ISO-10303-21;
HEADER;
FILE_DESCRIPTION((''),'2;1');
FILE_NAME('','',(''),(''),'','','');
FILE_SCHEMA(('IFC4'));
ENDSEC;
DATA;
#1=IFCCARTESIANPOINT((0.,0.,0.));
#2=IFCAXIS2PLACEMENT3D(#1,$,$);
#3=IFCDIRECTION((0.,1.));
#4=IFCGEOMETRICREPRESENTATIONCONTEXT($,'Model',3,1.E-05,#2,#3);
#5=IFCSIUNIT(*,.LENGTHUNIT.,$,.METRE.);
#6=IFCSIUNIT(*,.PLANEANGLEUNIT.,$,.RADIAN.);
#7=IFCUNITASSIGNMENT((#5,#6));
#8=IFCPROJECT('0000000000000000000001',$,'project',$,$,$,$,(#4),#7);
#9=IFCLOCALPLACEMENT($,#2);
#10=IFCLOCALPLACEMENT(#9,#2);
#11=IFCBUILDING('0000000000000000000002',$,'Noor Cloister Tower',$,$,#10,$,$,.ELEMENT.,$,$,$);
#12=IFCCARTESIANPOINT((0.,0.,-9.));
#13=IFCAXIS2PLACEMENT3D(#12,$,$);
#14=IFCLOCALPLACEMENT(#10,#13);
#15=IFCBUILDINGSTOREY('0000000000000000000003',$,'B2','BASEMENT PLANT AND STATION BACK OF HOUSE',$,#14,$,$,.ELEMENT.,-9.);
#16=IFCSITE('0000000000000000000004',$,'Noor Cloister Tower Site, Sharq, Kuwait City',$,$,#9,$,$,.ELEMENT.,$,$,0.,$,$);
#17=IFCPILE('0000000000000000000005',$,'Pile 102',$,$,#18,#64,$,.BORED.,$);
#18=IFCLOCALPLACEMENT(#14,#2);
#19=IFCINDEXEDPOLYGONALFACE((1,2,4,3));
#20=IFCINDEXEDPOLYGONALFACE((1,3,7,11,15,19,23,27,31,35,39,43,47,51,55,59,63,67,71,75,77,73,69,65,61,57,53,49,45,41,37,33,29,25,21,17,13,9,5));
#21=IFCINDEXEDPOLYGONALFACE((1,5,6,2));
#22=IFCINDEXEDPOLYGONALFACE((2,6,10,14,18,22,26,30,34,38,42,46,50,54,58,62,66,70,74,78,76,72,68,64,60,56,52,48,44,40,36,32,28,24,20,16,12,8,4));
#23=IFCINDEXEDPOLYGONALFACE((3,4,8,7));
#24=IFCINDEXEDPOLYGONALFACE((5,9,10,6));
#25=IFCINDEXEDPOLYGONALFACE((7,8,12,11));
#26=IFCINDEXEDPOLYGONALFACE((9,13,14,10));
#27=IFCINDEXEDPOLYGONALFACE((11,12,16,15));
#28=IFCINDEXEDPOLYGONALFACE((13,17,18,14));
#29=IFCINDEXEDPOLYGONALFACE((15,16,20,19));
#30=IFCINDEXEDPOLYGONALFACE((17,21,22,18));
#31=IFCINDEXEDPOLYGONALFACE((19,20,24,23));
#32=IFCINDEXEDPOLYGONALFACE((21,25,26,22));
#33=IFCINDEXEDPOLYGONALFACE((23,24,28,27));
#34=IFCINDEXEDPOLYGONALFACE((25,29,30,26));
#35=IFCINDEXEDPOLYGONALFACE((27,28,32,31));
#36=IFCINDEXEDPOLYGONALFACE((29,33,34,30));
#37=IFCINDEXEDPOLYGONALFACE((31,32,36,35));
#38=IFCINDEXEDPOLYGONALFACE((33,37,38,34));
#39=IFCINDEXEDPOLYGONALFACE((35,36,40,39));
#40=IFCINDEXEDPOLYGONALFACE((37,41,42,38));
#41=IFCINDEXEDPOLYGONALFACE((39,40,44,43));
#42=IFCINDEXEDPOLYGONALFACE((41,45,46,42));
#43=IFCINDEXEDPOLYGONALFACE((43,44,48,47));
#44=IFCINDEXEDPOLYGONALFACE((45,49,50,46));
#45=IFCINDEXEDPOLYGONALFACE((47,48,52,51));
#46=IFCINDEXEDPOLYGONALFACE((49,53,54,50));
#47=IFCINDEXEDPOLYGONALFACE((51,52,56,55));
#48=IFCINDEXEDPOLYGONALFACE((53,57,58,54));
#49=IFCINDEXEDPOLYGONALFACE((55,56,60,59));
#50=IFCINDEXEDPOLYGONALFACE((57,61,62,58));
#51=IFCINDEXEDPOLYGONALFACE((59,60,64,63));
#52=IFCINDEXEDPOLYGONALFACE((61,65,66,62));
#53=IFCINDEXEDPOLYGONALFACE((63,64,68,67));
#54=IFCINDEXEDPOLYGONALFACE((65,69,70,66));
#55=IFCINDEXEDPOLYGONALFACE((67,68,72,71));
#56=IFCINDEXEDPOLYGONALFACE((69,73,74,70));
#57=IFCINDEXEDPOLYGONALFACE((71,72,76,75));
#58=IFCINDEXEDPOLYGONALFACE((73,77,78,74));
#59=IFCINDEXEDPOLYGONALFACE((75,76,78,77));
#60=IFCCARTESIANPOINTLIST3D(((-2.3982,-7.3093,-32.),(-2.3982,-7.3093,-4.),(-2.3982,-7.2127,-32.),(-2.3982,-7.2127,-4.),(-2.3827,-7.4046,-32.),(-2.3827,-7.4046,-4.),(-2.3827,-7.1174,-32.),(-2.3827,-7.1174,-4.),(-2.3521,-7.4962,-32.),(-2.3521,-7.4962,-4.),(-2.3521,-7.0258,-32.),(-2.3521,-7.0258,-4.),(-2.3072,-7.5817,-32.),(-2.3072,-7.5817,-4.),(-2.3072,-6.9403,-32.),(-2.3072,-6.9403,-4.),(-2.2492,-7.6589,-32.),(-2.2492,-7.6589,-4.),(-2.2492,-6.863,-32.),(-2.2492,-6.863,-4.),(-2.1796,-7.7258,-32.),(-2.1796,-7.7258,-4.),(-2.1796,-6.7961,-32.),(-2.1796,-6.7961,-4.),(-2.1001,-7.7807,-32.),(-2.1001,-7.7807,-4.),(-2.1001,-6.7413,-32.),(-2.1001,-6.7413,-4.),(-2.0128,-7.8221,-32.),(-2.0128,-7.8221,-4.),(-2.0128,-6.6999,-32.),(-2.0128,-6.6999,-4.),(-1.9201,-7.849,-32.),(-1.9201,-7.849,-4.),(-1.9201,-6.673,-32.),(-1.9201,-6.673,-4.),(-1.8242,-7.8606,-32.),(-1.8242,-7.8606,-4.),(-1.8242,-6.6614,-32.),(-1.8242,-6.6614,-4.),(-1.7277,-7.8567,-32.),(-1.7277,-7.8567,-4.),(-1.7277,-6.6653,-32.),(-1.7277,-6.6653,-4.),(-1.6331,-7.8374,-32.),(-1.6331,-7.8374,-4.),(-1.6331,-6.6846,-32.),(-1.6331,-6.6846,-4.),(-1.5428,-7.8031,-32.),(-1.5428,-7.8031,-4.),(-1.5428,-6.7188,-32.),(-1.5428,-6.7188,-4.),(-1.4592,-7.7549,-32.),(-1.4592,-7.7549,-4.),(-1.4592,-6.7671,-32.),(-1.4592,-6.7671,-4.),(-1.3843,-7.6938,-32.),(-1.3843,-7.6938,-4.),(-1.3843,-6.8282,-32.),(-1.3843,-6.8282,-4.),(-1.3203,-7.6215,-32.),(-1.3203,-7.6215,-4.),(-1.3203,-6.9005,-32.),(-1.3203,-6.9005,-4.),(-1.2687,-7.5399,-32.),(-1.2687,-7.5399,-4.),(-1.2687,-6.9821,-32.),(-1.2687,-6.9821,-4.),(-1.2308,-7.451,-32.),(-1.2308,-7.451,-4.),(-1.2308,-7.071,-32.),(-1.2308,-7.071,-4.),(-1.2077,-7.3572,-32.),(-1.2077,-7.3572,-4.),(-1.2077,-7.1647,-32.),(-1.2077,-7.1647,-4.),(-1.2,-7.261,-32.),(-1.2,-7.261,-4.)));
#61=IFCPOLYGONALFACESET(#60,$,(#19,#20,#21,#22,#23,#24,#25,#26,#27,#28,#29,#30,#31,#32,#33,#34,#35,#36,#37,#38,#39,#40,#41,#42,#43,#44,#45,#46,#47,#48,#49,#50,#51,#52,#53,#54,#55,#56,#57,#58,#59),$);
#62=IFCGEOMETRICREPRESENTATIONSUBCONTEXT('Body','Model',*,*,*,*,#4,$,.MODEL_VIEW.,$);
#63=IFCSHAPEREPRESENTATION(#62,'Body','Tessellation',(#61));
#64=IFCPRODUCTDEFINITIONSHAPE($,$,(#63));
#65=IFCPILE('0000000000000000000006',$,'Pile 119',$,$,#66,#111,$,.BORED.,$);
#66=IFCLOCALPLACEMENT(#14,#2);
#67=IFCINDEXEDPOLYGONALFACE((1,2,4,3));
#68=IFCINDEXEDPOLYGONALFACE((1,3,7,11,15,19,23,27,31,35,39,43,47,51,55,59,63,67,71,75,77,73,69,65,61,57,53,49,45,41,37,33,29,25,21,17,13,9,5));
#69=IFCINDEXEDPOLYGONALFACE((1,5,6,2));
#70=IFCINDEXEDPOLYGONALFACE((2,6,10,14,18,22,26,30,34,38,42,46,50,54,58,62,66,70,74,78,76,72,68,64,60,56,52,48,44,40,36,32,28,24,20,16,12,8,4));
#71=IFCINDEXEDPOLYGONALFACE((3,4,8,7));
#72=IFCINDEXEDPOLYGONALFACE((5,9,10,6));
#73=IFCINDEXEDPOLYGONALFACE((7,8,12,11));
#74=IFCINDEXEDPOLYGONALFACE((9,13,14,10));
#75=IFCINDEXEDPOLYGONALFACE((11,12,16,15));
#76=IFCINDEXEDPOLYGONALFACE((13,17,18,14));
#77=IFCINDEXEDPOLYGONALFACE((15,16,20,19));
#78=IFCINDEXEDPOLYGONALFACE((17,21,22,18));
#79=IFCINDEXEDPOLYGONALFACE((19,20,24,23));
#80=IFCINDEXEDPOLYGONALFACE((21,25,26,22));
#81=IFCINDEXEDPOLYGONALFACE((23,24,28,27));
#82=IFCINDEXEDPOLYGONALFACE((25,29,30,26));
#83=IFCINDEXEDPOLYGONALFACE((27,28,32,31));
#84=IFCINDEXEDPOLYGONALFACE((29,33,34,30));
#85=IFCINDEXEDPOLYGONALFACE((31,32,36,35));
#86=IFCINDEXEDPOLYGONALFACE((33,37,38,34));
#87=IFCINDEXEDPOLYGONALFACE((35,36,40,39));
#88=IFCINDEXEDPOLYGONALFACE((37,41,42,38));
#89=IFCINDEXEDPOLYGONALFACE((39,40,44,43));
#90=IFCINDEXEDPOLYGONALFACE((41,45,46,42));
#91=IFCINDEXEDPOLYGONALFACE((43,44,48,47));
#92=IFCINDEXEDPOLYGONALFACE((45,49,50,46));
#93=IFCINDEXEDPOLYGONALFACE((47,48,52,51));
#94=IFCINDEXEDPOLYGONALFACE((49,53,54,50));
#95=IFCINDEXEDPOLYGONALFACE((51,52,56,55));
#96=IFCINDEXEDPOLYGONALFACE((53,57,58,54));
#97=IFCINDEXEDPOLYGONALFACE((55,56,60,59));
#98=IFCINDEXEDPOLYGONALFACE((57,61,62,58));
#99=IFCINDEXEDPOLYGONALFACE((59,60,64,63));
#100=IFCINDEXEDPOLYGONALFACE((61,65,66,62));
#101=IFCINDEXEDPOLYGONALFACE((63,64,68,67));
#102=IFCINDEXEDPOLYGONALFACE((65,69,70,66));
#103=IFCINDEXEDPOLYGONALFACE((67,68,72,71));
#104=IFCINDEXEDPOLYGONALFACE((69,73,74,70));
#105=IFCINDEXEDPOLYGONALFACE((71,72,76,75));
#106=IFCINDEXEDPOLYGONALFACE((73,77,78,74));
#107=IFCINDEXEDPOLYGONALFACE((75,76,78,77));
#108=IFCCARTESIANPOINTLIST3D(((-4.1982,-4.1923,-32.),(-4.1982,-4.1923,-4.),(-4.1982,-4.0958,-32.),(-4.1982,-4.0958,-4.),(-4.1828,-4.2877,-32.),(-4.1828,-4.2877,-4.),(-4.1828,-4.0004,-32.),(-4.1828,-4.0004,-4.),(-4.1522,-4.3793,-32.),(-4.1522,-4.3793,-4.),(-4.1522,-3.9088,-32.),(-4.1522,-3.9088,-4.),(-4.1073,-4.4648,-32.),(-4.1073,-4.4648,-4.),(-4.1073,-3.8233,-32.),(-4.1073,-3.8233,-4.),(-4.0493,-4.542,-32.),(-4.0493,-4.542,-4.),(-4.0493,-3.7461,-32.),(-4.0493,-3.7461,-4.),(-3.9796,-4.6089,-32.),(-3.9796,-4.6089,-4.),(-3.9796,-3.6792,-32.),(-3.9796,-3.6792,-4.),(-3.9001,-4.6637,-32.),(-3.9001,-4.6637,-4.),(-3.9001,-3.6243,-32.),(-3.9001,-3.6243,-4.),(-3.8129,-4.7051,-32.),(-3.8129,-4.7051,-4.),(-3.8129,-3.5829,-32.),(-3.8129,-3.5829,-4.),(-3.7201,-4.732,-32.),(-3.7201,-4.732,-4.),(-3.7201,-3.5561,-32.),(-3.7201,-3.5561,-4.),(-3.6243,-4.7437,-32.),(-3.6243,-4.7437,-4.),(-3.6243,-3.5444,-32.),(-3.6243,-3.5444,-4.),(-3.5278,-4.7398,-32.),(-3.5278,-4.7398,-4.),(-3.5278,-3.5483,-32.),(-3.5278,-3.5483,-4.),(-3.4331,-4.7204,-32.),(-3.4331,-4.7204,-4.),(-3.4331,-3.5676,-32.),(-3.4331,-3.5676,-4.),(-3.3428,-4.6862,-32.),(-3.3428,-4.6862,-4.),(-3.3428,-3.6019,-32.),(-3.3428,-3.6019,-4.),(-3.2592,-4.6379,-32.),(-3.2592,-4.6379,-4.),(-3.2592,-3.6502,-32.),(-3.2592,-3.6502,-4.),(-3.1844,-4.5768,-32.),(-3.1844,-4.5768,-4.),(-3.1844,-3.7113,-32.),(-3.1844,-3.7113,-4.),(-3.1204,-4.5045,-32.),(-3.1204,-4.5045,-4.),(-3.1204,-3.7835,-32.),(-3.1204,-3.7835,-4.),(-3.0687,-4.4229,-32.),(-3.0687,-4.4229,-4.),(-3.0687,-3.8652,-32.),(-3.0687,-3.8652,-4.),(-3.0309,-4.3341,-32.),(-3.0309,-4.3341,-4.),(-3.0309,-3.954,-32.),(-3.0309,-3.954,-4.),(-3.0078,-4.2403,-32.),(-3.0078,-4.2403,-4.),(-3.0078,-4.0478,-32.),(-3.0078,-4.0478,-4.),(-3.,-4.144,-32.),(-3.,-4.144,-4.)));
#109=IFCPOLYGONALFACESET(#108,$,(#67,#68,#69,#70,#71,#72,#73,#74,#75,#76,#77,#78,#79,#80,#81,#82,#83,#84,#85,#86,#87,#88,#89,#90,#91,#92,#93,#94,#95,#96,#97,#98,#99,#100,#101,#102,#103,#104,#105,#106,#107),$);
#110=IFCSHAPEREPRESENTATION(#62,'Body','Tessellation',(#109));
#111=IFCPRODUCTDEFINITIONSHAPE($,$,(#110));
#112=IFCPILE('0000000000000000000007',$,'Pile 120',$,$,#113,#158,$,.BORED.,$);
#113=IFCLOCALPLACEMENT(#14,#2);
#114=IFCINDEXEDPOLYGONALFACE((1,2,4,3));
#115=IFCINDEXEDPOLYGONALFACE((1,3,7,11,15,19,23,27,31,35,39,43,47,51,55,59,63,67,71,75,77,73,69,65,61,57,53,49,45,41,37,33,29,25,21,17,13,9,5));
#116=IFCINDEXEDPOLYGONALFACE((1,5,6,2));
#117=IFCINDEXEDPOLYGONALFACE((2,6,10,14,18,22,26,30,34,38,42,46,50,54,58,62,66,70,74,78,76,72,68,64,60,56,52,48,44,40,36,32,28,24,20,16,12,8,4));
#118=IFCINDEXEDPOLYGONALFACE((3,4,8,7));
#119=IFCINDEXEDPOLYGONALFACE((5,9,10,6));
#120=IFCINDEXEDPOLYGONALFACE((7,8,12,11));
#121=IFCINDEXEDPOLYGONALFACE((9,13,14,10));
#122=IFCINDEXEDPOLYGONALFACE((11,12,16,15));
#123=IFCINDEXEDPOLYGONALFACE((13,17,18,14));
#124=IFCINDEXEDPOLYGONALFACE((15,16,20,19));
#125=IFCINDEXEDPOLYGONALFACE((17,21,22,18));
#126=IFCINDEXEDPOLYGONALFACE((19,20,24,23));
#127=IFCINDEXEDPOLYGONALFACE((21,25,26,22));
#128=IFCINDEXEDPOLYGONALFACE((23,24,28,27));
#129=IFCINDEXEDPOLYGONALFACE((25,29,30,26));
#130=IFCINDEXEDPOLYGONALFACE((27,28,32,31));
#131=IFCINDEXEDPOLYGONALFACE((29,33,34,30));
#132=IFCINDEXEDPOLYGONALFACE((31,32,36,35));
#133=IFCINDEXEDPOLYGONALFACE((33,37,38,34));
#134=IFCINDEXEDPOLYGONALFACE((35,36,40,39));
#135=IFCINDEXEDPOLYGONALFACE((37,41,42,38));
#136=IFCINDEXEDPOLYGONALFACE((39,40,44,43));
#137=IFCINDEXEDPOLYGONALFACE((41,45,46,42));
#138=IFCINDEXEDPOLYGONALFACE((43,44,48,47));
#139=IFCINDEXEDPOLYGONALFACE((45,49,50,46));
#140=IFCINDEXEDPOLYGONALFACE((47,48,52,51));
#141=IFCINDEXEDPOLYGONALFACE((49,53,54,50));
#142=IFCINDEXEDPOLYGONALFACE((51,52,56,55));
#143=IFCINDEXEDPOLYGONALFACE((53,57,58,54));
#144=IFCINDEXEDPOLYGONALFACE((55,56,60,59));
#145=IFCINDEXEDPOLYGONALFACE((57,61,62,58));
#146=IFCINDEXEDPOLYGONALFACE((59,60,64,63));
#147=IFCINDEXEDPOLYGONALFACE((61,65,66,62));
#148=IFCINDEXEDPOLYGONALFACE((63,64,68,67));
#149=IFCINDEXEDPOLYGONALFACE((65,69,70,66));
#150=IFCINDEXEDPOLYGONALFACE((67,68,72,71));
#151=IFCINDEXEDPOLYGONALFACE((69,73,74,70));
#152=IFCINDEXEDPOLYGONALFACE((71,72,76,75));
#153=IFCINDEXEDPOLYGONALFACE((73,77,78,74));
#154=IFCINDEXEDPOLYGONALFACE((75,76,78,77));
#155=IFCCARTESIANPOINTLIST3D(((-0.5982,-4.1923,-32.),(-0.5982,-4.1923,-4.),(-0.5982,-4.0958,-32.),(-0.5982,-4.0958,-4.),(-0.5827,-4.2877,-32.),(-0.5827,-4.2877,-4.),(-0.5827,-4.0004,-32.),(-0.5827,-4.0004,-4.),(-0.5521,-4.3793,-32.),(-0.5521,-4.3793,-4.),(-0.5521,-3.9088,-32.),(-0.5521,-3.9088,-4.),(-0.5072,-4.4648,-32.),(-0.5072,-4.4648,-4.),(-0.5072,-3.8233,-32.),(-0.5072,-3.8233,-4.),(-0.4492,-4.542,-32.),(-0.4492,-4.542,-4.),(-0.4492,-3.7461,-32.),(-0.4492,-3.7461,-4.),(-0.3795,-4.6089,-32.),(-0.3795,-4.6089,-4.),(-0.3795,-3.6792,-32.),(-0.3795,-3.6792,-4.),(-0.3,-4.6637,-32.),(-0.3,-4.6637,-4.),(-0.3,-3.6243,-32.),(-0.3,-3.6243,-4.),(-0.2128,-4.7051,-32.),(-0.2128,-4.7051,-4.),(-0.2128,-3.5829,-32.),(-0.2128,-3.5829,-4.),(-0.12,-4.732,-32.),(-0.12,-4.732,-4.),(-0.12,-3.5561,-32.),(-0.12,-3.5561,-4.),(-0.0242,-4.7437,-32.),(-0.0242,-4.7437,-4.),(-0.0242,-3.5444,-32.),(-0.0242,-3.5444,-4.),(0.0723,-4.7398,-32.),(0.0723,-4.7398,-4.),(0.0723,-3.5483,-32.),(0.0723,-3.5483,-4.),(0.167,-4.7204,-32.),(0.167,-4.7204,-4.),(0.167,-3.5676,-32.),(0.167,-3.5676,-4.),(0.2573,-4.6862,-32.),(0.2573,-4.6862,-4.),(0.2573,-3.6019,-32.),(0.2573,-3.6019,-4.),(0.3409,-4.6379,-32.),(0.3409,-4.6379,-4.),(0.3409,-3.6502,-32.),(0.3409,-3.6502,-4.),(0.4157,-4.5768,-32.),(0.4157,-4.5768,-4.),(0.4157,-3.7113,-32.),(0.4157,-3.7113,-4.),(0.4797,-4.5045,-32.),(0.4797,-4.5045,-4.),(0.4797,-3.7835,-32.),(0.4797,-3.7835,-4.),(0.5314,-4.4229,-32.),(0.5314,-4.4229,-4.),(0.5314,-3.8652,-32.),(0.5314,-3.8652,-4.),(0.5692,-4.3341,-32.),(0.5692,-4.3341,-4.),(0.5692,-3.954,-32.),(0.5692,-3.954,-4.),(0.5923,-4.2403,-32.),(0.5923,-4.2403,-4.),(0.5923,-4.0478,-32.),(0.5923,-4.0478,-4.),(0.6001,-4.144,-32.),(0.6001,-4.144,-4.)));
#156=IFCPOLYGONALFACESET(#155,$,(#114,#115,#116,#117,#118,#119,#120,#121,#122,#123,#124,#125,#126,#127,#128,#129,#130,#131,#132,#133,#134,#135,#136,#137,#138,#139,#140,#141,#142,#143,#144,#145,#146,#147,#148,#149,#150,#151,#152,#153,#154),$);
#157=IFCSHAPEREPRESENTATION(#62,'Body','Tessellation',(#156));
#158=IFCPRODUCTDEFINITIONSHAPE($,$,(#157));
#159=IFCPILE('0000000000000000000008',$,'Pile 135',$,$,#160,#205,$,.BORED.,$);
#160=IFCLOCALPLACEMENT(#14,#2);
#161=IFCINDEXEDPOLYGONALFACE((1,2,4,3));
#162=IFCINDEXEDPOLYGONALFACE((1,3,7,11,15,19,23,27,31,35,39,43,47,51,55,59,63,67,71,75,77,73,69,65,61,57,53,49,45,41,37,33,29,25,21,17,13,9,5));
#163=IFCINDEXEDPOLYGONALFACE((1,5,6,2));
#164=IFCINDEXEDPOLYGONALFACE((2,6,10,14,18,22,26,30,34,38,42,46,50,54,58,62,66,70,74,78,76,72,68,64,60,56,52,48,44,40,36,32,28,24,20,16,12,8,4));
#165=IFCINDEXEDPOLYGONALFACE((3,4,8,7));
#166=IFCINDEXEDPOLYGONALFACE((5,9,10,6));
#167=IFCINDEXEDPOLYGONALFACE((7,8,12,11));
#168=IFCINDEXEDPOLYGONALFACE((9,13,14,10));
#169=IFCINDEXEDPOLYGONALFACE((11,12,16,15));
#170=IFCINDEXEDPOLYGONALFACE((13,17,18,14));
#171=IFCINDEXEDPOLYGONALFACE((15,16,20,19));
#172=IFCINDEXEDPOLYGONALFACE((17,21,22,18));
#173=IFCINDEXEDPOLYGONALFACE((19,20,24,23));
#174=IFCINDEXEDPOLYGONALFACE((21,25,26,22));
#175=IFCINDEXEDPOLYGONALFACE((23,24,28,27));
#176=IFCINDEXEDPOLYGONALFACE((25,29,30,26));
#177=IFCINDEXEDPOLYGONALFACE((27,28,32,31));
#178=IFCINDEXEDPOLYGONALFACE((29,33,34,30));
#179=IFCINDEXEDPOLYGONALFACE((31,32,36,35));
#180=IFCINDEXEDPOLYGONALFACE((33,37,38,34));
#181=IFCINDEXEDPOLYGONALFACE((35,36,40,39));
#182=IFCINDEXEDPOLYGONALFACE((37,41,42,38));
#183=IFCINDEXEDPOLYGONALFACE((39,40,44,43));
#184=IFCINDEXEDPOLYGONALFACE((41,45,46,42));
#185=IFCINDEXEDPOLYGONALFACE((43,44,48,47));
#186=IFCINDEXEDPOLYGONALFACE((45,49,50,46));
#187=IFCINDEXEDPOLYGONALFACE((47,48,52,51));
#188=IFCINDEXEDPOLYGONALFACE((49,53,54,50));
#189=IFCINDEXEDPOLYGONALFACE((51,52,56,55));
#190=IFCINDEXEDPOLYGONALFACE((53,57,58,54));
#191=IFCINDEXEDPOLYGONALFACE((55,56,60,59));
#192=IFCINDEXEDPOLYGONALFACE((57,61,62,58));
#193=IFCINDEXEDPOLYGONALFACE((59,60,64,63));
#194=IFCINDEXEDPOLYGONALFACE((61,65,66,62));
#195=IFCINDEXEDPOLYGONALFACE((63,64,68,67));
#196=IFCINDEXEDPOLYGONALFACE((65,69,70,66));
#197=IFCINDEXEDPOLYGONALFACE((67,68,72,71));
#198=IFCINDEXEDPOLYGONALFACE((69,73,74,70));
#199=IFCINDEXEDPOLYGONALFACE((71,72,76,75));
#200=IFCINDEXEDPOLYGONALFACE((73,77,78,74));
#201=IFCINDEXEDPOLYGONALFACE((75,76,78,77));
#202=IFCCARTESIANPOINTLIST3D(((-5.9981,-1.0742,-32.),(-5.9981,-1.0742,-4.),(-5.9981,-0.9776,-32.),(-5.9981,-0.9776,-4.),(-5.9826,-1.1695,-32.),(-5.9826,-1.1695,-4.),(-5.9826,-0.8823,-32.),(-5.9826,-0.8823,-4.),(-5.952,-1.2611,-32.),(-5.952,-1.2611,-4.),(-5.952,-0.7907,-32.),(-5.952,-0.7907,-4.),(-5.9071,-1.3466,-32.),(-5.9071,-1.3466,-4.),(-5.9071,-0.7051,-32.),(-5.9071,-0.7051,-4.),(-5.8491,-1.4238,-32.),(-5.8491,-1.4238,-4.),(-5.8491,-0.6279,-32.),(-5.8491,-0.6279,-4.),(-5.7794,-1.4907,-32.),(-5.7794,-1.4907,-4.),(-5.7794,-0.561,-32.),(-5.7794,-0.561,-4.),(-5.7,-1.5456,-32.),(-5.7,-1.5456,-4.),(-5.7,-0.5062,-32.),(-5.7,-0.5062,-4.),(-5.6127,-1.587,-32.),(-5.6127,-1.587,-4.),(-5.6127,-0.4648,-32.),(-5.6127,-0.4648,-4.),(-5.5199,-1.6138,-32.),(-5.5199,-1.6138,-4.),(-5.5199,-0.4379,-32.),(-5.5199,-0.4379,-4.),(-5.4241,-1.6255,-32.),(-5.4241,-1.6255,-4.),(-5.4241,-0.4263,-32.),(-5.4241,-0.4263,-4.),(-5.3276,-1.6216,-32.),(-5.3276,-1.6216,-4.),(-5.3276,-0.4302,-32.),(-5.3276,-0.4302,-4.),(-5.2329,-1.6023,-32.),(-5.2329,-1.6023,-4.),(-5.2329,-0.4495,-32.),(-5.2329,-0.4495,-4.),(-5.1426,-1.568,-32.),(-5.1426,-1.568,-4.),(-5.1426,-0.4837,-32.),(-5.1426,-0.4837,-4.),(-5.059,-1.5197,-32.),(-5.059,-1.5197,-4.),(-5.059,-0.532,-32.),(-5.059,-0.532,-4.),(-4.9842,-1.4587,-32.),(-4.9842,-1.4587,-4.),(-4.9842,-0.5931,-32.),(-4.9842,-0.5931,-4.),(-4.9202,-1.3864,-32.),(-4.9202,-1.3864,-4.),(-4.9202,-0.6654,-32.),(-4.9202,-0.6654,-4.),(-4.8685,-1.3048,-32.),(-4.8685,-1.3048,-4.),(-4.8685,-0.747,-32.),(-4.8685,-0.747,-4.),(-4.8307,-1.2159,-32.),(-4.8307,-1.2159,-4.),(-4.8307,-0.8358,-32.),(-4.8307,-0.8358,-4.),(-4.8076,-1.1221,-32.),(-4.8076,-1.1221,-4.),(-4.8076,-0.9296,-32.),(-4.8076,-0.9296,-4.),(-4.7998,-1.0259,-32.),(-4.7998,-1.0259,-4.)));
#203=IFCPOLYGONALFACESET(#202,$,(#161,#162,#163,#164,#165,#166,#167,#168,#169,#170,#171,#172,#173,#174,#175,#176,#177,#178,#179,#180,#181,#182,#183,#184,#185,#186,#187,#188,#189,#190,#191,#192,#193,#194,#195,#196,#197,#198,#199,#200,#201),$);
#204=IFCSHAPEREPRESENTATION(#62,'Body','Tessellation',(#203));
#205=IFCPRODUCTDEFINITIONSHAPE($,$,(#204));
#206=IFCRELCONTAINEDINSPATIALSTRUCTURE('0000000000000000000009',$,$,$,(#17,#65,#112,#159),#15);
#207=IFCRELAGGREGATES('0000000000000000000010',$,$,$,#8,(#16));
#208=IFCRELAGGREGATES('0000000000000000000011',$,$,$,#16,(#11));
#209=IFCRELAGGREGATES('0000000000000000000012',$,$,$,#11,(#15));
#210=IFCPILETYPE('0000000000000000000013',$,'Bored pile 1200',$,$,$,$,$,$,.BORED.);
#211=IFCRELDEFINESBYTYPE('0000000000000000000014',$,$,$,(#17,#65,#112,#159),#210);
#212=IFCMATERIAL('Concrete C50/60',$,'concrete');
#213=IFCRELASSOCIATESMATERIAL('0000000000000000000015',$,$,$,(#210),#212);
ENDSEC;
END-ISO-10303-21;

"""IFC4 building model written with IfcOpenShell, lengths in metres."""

from ifc_helpers import new_model, si_unit, direction, frame, origin, origin_2d, place, context, subcontext, project, spatial, circle, extrude, material, material_profile, profile_set, type_object, element, save


model = new_model("IFC4")

# Units and contexts
model_context = context("Model", 3, precision=1e-05, world=origin(), true_north=direction((0.0, 1.0)))
body_context = subcontext(model_context, "Body", "Model", "MODEL_VIEW")
ifc_project = project(units=[si_unit("LENGTHUNIT", "METRE"), si_unit("PLANEANGLEUNIT", "RADIAN")], contexts=[model_context])

# Site, building, storey
site_placement = place(None, origin())
site = spatial("IfcSite", under=ifc_project, at=site_placement, Name="Noor Cloister Tower Site, Sharq, Kuwait City", CompositionType="ELEMENT", RefElevation=0.0)
building_placement = place(site_placement, origin())
building = spatial("IfcBuilding", under=site, at=building_placement, Name="Noor Cloister Tower", CompositionType="ELEMENT")
storey_placement = place(building_placement, frame((0.0, 0.0, -9.0)))
storey = spatial("IfcBuildingStorey", under=building, at=storey_placement, Name="B2", Description="BASEMENT PLANT AND STATION BACK OF HOUSE", CompositionType="ELEMENT", Elevation=-9.0)

# Piles
ifc_material_1 = material(Name="Concrete C50/60", Category="concrete")
ifc_material_profile = material_profile(ifc_material_1, circle(Radius=0.6001, at=origin_2d()), Name="Bored pile 1200")
ifc_profile_set = profile_set([ifc_material_profile], Name="Concrete C50/60")
pile_type = type_object("IfcPileType", Name="Bored pile 1200", PredefinedType="BORED", material=ifc_profile_set)
for number, where, z_axis, x_axis, name in (
    (1, (-1.8, -7.261, -4.0), (0.0, 0.0, -1.0), (1.0, 0.0, 0.0), "Pile 102"),
    (2, (-3.6001, -4.144, -4.0), (0.0, 0.0, -1.0), (1.0, 0.0, 0.0), "Pile 119"),
    (3, (0.0, -4.144, -4.0), (0.0, 0.0, -1.0), (1.0, 0.0, 0.0), "Pile 120"),
    (4, (-5.3999, -1.0259, -4.0), (0.0, 0.0, -1.0), (1.0, 0.0, 0.0), "Pile 135"),
):
    element("IfcPile", number, at=place(storey_placement, frame(where, z_axis=z_axis, x_axis=x_axis)), inside=storey, type_object=pile_type, Name=name, PredefinedType="BORED", context=body_context, shape_type="SweptSolid", body=[
        extrude(circle(Radius=0.6001, at=origin_2d()), origin(), (0.0, 0.0, 1.0), 28.0),
    ])

save(model, "model.ifc")
